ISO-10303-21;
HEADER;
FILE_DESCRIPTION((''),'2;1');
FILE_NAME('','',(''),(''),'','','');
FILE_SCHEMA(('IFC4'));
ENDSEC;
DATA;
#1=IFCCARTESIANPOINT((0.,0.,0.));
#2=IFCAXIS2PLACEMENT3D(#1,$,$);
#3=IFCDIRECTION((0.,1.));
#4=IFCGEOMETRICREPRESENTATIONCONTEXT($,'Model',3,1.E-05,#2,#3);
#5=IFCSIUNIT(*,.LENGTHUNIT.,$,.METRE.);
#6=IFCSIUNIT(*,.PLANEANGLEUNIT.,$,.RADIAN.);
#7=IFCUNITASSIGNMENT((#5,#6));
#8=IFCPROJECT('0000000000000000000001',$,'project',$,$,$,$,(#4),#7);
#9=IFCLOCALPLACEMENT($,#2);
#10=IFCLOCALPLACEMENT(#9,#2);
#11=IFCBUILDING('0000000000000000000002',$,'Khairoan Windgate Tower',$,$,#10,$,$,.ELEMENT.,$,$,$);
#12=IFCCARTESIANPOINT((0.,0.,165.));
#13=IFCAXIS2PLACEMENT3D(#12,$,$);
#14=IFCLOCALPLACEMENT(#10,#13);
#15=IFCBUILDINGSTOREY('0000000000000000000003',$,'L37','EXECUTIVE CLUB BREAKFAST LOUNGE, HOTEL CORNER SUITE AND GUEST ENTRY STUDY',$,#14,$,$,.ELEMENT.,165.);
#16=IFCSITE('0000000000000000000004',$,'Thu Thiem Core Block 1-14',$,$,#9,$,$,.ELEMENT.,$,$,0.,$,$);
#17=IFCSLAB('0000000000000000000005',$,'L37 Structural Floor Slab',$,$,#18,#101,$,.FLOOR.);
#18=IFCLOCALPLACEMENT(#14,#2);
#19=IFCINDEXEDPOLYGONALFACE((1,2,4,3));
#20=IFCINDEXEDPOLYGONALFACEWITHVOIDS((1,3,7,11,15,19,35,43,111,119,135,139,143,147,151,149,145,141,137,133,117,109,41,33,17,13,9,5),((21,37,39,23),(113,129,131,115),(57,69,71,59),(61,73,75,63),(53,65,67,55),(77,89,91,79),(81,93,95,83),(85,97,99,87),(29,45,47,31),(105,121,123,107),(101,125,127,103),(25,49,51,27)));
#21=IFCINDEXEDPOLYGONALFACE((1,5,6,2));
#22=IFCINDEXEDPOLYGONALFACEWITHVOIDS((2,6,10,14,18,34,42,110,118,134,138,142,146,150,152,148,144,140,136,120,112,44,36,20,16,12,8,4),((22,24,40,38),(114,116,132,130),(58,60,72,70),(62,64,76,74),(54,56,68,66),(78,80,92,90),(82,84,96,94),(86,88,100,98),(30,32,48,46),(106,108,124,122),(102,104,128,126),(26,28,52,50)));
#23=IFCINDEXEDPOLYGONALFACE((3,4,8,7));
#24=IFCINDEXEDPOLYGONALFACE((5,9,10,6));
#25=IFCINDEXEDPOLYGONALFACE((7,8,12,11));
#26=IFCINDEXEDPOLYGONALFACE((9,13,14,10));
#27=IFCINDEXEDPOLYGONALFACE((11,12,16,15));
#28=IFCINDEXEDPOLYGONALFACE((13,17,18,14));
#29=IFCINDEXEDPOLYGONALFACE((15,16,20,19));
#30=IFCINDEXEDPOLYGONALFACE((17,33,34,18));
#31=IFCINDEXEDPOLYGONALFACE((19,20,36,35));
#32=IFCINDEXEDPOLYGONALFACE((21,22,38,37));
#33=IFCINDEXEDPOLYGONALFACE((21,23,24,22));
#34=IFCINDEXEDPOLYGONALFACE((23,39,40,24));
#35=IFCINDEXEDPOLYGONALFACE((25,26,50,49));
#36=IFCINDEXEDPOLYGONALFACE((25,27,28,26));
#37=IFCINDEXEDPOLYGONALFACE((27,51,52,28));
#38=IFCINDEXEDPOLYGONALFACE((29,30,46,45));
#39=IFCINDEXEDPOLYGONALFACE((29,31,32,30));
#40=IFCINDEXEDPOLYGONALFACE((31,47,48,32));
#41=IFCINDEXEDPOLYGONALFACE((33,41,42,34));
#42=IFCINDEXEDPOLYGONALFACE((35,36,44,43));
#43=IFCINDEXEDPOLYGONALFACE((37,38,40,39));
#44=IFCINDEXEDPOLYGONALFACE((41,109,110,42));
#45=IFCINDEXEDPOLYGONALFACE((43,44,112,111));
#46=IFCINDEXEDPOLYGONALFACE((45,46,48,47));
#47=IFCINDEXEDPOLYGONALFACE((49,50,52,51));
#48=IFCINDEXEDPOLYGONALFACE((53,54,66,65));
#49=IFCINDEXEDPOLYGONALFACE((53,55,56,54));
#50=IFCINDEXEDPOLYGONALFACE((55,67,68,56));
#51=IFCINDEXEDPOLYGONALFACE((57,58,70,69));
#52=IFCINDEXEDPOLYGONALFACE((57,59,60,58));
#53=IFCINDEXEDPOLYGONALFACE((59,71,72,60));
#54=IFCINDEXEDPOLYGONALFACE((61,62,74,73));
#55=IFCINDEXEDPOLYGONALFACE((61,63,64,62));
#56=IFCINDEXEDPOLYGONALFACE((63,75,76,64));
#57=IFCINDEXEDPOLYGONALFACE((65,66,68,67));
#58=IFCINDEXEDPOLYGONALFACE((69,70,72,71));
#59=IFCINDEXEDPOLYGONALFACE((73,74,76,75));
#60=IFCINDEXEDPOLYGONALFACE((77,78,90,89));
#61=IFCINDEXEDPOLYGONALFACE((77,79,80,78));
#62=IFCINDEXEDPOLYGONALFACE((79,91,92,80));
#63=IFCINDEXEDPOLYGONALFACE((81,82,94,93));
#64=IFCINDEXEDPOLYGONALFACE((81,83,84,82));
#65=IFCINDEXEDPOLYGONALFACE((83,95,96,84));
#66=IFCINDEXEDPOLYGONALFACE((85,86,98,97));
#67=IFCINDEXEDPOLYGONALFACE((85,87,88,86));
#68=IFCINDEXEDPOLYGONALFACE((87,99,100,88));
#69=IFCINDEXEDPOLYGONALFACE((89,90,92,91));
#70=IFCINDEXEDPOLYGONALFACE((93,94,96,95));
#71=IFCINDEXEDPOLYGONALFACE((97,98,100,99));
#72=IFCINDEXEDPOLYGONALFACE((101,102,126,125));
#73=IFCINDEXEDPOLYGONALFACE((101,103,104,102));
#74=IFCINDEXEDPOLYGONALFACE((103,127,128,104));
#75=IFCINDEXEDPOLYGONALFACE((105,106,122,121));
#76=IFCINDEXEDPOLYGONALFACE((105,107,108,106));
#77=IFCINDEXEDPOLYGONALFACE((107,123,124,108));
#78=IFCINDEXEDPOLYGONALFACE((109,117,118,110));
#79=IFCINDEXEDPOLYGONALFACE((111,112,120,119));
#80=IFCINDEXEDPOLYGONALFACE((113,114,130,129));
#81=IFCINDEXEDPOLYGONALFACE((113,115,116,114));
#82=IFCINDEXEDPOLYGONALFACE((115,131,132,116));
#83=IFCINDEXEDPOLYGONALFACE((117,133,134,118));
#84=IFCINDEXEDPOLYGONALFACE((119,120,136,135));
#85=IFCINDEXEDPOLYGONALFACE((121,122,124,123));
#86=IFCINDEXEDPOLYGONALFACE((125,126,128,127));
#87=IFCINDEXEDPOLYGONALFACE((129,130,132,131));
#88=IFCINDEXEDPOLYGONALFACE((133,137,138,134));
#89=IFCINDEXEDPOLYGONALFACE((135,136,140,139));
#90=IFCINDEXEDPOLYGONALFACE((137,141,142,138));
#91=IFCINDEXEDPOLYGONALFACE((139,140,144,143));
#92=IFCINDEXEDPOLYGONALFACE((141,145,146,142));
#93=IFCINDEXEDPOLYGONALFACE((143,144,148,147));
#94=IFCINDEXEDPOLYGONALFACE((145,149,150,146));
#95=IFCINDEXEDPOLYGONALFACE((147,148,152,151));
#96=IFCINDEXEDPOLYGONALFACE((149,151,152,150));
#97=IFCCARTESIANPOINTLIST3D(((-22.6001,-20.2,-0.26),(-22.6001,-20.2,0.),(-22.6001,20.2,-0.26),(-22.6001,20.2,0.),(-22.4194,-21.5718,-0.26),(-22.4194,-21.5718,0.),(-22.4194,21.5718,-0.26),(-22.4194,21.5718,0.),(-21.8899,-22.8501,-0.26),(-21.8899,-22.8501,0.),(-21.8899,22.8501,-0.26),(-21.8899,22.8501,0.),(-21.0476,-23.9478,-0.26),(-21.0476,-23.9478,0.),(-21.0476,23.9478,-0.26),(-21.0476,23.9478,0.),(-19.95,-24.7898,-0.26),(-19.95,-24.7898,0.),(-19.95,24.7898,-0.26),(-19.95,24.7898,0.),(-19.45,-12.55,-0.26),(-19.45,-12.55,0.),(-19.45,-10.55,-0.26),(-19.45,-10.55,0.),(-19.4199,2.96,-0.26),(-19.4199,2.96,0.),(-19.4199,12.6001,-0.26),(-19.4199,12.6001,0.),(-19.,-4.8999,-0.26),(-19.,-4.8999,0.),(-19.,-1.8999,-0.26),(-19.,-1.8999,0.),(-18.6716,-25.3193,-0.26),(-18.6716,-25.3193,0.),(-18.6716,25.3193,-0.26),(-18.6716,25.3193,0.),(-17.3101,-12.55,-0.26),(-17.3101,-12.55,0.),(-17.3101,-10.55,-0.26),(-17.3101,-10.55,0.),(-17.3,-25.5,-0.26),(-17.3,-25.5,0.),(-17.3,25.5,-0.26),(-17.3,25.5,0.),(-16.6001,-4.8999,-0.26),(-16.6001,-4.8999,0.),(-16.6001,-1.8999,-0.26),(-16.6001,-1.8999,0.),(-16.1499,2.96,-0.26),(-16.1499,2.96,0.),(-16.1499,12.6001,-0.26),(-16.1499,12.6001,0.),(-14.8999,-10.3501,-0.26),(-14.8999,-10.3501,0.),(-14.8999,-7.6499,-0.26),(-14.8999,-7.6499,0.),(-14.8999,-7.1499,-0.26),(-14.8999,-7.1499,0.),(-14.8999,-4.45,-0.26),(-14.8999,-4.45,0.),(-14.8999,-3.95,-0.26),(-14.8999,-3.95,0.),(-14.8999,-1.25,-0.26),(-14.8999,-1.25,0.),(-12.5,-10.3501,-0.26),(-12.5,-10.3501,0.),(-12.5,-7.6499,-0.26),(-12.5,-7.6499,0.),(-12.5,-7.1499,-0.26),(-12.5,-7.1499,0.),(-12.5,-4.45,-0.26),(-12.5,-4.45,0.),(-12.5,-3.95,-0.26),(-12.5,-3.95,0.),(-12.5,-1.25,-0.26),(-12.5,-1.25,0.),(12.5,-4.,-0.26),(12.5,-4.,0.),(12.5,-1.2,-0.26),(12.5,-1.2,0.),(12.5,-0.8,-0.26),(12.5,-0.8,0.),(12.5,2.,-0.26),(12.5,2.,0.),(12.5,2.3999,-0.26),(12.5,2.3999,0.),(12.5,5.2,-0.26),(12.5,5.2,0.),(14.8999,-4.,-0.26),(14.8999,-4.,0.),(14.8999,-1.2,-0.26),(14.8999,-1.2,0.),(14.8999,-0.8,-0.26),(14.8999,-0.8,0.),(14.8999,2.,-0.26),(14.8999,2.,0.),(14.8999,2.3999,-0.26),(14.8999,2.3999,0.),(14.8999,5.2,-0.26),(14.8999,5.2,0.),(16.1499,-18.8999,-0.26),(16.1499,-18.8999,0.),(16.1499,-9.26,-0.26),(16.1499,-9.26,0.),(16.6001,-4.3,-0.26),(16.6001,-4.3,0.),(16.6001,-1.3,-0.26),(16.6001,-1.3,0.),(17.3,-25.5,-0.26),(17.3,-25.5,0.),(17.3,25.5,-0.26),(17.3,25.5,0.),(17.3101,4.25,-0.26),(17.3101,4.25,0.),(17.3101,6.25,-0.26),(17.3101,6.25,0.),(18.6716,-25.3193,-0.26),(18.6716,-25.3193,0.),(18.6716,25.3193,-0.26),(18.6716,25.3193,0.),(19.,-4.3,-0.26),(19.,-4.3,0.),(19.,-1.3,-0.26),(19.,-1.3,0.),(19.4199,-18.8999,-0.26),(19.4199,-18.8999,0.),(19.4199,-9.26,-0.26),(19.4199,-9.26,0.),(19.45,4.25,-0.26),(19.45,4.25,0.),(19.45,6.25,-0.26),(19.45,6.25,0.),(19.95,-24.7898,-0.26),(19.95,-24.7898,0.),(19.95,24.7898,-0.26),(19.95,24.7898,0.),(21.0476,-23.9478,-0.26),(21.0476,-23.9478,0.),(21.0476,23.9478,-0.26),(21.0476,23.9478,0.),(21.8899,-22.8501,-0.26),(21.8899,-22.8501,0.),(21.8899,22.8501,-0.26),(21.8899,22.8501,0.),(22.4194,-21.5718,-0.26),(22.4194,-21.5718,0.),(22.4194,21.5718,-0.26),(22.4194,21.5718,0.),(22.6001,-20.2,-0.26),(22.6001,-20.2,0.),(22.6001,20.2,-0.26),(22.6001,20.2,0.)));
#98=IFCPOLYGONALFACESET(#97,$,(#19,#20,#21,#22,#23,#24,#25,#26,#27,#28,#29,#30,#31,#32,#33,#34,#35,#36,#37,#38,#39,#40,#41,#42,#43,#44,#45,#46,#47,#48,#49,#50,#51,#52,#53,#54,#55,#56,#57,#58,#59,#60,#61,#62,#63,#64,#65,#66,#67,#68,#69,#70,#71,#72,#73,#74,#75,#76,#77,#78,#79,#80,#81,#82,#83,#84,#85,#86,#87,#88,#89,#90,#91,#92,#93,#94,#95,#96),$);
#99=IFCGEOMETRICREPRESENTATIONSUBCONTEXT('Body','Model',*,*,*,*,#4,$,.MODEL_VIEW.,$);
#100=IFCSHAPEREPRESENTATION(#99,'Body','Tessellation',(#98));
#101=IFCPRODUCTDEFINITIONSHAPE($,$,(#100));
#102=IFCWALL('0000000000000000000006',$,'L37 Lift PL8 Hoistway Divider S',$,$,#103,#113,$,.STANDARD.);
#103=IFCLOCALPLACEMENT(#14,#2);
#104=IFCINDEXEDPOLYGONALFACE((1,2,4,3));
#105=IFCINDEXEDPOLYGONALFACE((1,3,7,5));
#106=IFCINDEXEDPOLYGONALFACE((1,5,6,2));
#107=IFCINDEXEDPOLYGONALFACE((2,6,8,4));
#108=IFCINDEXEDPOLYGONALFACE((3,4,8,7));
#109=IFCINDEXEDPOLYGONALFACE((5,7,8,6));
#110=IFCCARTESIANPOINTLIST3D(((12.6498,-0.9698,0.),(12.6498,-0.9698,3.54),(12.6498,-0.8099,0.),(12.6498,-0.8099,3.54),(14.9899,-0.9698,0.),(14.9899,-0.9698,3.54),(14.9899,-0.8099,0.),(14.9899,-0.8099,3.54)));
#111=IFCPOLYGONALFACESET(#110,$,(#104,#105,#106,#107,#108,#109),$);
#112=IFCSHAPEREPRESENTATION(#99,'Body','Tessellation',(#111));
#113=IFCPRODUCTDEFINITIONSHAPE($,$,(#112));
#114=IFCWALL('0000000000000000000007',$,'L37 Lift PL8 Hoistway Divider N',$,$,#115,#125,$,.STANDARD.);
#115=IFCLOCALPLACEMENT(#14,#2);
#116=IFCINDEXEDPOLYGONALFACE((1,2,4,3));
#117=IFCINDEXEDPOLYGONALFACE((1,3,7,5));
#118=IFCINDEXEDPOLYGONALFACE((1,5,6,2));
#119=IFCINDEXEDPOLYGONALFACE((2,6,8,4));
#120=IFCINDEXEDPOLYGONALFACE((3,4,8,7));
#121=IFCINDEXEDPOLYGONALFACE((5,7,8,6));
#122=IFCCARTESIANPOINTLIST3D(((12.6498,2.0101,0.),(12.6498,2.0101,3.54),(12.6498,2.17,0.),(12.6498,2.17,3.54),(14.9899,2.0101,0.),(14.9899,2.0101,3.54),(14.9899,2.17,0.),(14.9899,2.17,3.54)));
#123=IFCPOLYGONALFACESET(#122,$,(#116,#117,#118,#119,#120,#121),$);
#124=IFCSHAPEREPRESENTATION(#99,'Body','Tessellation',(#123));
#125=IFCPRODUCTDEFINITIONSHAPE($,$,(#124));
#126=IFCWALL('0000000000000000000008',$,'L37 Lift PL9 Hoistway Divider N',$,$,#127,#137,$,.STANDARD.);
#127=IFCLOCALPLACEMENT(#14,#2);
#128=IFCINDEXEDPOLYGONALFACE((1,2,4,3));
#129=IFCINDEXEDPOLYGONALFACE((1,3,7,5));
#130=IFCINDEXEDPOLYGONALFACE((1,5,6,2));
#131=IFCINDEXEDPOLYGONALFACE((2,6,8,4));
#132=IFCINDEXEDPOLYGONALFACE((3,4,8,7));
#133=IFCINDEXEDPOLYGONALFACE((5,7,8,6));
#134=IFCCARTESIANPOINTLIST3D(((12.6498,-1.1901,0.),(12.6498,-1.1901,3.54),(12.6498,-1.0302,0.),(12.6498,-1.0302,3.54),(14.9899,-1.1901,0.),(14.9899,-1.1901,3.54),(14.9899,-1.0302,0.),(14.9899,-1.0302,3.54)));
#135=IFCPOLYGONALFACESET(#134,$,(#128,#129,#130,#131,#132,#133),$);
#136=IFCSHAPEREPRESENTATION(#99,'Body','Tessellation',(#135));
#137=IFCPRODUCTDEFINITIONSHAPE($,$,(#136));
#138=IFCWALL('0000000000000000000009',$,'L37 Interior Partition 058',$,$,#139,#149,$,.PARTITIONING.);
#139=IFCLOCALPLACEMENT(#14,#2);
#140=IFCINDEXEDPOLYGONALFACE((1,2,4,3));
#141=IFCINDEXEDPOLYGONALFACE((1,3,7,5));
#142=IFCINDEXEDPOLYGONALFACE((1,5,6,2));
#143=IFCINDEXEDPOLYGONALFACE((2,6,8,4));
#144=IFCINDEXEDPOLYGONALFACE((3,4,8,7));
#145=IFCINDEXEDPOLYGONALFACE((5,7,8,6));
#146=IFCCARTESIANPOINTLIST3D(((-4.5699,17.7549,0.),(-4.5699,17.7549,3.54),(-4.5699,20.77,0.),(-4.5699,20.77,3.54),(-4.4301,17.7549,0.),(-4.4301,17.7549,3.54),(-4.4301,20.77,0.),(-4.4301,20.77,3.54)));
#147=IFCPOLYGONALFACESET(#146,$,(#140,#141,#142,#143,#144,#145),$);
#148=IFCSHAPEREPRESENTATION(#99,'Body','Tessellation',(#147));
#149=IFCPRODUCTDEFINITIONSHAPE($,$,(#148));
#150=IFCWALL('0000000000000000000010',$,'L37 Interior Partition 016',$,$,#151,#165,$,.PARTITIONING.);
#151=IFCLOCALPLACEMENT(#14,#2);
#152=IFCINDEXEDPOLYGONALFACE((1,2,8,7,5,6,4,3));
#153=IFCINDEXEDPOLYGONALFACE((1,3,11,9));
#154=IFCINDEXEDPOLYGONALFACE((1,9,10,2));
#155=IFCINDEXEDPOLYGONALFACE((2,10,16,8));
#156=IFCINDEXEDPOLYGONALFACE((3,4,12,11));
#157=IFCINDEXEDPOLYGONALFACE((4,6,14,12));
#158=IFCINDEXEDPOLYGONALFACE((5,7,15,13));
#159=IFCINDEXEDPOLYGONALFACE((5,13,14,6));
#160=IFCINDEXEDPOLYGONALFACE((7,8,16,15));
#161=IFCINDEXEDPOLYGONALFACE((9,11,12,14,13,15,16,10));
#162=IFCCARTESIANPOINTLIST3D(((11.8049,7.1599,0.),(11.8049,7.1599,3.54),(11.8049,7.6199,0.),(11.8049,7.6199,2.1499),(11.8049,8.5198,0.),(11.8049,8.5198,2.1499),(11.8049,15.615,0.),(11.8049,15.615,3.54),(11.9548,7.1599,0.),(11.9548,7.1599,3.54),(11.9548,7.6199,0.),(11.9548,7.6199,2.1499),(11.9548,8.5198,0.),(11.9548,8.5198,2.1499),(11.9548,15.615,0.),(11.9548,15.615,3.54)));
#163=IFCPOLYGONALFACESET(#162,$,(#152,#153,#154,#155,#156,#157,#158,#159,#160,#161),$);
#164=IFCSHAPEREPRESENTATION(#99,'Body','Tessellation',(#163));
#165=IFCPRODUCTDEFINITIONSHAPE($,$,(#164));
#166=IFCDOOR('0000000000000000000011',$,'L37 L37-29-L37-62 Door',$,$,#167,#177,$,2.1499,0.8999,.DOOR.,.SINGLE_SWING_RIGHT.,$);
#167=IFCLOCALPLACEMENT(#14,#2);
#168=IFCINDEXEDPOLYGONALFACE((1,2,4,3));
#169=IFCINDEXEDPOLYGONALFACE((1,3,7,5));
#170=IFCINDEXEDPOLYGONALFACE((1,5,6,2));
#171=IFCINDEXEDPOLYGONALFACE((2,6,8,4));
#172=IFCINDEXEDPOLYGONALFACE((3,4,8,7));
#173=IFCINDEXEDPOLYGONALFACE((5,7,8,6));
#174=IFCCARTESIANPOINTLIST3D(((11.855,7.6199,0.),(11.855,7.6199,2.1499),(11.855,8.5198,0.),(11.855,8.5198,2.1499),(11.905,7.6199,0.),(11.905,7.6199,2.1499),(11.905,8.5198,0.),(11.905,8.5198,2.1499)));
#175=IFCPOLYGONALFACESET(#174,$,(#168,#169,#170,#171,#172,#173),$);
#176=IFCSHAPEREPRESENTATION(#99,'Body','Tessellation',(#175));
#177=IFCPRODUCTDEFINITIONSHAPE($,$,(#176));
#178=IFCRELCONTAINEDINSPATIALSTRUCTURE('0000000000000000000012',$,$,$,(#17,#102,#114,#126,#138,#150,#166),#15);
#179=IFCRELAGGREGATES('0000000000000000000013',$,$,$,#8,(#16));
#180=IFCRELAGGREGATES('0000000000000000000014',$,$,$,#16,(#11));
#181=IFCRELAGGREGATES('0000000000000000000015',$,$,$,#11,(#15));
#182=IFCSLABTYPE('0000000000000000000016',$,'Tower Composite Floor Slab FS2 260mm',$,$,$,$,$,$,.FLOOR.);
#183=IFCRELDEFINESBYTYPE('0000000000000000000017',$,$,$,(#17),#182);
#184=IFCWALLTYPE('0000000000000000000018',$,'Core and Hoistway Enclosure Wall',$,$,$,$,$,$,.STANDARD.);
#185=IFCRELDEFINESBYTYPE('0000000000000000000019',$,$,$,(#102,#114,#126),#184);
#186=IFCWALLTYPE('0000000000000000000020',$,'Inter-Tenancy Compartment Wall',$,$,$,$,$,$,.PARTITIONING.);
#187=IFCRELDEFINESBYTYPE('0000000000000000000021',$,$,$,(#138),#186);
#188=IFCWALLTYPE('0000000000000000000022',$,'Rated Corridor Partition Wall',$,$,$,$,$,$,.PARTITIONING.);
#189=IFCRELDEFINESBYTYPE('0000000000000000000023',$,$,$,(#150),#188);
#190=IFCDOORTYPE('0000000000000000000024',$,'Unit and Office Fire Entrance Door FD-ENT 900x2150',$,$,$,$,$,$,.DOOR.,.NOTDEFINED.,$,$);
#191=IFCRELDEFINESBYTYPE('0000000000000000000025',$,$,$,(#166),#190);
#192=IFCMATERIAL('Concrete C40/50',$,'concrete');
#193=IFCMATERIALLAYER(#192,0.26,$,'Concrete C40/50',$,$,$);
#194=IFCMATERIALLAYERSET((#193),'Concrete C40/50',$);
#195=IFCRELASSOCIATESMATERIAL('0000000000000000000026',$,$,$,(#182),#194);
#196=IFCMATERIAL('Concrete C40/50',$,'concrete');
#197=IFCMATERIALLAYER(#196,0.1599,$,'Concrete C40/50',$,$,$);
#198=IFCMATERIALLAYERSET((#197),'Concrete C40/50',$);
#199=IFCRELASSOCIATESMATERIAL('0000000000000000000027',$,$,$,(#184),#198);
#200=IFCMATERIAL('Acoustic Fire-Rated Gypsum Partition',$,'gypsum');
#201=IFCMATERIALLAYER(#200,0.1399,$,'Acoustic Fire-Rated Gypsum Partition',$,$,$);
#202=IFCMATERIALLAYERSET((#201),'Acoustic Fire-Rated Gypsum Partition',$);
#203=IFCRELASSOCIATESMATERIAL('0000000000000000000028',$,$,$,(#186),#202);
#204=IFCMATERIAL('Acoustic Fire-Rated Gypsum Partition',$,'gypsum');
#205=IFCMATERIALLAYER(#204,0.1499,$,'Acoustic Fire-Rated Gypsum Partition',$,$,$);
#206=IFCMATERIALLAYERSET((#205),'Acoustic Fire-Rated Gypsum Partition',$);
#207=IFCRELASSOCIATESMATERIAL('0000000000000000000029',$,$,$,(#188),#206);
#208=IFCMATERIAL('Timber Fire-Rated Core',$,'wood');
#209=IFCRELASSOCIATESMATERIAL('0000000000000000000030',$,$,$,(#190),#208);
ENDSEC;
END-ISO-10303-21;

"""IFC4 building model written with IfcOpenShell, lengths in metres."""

from ifc_helpers import new_model, si_unit, direction, frame, frame_2d, origin, place, context, subcontext, project, spatial, polyline, rectangle, outline, extrude, material, layer, layer_set, type_object, element, fill, save


model = new_model("IFC4")

# Units and contexts
model_context = context("Model", 3, precision=1e-05, world=origin(), true_north=direction((0.0, 1.0)))
body_context = subcontext(model_context, "Body", "Model", "MODEL_VIEW")
ifc_project = project(units=[si_unit("LENGTHUNIT", "METRE"), si_unit("PLANEANGLEUNIT", "RADIAN")], contexts=[model_context])

# Site, building, storey
site_placement = place(None, origin())
site = spatial("IfcSite", under=ifc_project, at=site_placement, Name="Thu Thiem Core Block 1-14", CompositionType="ELEMENT", RefElevation=0.0)
building_placement = place(site_placement, origin())
building = spatial("IfcBuilding", under=site, at=building_placement, Name="Khairoan Windgate Tower", CompositionType="ELEMENT")
storey_placement = place(building_placement, frame((0.0, 0.0, 165.0)))
storey = spatial("IfcBuildingStorey", under=building, at=storey_placement, Name="L37", Description="EXECUTIVE CLUB BREAKFAST LOUNGE, HOTEL CORNER SUITE AND GUEST ENTRY STUDY", CompositionType="ELEMENT", Elevation=165.0)

# Slab
ifc_material_1 = material(Name="Concrete C40/50", Category="concrete")
ifc_layer_1 = layer(ifc_material_1, 0.26, Name="Concrete C40/50")
ifc_layer_set_1 = layer_set([ifc_layer_1], Name="Concrete C40/50")
slab_type_1 = type_object("IfcSlabType", Name="Tower Composite Floor Slab FS2 260mm", PredefinedType="FLOOR", material=ifc_layer_set_1)
slab_1_placement = place(storey_placement, frame((0.0, 0.0, -0.26)))
element("IfcSlab", 1, at=slab_1_placement, inside=storey, type_object=slab_type_1, Name="L37 Structural Floor Slab", PredefinedType="FLOOR", context=body_context, shape_type="SweptSolid", body=[
    extrude(outline(polyline([(17.3, -25.5), (18.6716, -25.3193), (19.95, -24.7898), (21.0476, -23.9478), (21.8899, -22.8501), (22.4194, -21.5718), (22.6001, -20.2), (22.6001, 20.2), (22.4194, 21.5718), (21.8899, 22.8501), (21.0476, 23.9478), (19.95, 24.7898), (18.6716, 25.3193), (17.3, 25.5), (-17.3, 25.5), (-18.6716, 25.3193), (-19.95, 24.7898), (-21.0476, 23.9478), (-21.8899, 22.8501), (-22.4194, 21.5718), (-22.6001, 20.2), (-22.6001, -20.2), (-22.4194, -21.5718), (-21.8899, -22.8501), (-21.0476, -23.9478), (-19.95, -24.7898), (-18.6716, -25.3193), (-17.3, -25.5), (17.3, -25.5)]), holes=[polyline([(16.1499, -9.26), (16.1499, -18.8999), (19.4199, -18.8999), (19.4199, -9.26), (16.1499, -9.26)]), polyline([(-16.1499, 2.96), (-16.1499, 12.6001), (-19.4199, 12.6001), (-19.4199, 2.96), (-16.1499, 2.96)]), polyline([(-14.8999, -3.95), (-12.5, -3.95), (-12.5, -1.25), (-14.8999, -1.25), (-14.8999, -3.95)]), polyline([(-14.8999, -7.1499), (-12.5, -7.1499), (-12.5, -4.45), (-14.8999, -4.45), (-14.8999, -7.1499)]), polyline([(-14.8999, -10.3501), (-12.5, -10.3501), (-12.5, -7.6499), (-14.8999, -7.6499), (-14.8999, -10.3501)]), polyline([(12.5, 2.3999), (14.8999, 2.3999), (14.8999, 5.2), (12.5, 5.2), (12.5, 2.3999)]), polyline([(12.5, -0.8), (14.8999, -0.8), (14.8999, 2.0), (12.5, 2.0), (12.5, -0.8)]), polyline([(12.5, -4.0), (14.8999, -4.0), (14.8999, -1.2), (12.5, -1.2), (12.5, -4.0)]), polyline([(16.6001, -4.3), (19.0, -4.3), (19.0, -1.3), (16.6001, -1.3), (16.6001, -4.3)]), polyline([(-19.0, -4.8999), (-16.6001, -4.8999), (-16.6001, -1.8999), (-19.0, -1.8999), (-19.0, -4.8999)]), polyline([(-19.45, -12.55), (-17.3101, -12.55), (-17.3101, -10.55), (-19.45, -10.55), (-19.45, -12.55)]), polyline([(17.3101, 4.25), (19.45, 4.25), (19.45, 6.25), (17.3101, 6.25), (17.3101, 4.25)])]), origin(), (0.0, 0.0, 1.0), 0.26),
])

# Walls
ifc_material_2 = material(Name="Concrete C40/50", Category="concrete")
ifc_layer_2 = layer(ifc_material_2, 0.1599, Name="Concrete C40/50")
ifc_layer_set_2 = layer_set([ifc_layer_2], Name="Concrete C40/50")
wall_type_1 = type_object("IfcWallType", Name="Core and Hoistway Enclosure Wall", PredefinedType="STANDARD", material=ifc_layer_set_2)
for number, where, z_axis, x_axis, name in (
    (2, (12.6499, -0.8899, 0.0), (0.0, 0.0, 1.0), (1.0, 0.0, 0.0), "L37 Lift PL8 Hoistway Divider S"),
    (3, (12.6499, 2.0901, 0.0), (0.0, 0.0, 1.0), (1.0, 0.0, 0.0), "L37 Lift PL8 Hoistway Divider N"),
    (4, (12.6499, -1.1101, 0.0), (0.0, 0.0, 1.0), (1.0, 0.0, 0.0), "L37 Lift PL9 Hoistway Divider N"),
):
    element("IfcWall", number, at=place(storey_placement, frame(where, z_axis=z_axis, x_axis=x_axis)), inside=storey, type_object=wall_type_1, Name=name, PredefinedType="STANDARD", context=body_context, shape_type="SweptSolid", body=[
        extrude(rectangle(XDim=2.3401, YDim=0.1599, at=frame_2d((1.1699, 0.0))), origin(), (0.0, 0.0, 1.0), 3.54),
    ])
ifc_material_3 = material(Name="Acoustic Fire-Rated Gypsum Partition", Category="gypsum")
ifc_layer_3 = layer(ifc_material_3, 0.1399, Name="Acoustic Fire-Rated Gypsum Partition")
ifc_layer_set_3 = layer_set([ifc_layer_3], Name="Acoustic Fire-Rated Gypsum Partition")
wall_type_2 = type_object("IfcWallType", Name="Inter-Tenancy Compartment Wall", PredefinedType="PARTITIONING", material=ifc_layer_set_3)
wall_1_placement = place(storey_placement, frame((-4.5, 17.7549, 0.0), z_axis=(0.0, 0.0, 1.0), x_axis=(0.0, 1.0, 0.0)))
element("IfcWall", 5, at=wall_1_placement, inside=storey, type_object=wall_type_2, Name="L37 Interior Partition 058", PredefinedType="PARTITIONING", context=body_context, shape_type="SweptSolid", body=[
    extrude(rectangle(XDim=3.0151, YDim=0.1399, at=frame_2d((1.5076, 0.0))), origin(), (0.0, 0.0, 1.0), 3.54),
])

# Wall, opening, door
ifc_material_4 = material(Name="Acoustic Fire-Rated Gypsum Partition", Category="gypsum")
ifc_layer_4 = layer(ifc_material_4, 0.1499, Name="Acoustic Fire-Rated Gypsum Partition")
ifc_layer_set_4 = layer_set([ifc_layer_4], Name="Acoustic Fire-Rated Gypsum Partition")
wall_type_3 = type_object("IfcWallType", Name="Rated Corridor Partition Wall", PredefinedType="PARTITIONING", material=ifc_layer_set_4)
wall_2_placement = place(storey_placement, frame((11.8799, 7.1599, 0.0), z_axis=(0.0, 0.0, 1.0), x_axis=(0.0, 1.0, 0.0)))
wall_2 = element("IfcWall", 6, at=wall_2_placement, inside=storey, type_object=wall_type_3, Name="L37 Interior Partition 016", PredefinedType="PARTITIONING", context=body_context, shape_type="SweptSolid", body=[
    extrude(rectangle(XDim=8.4551, YDim=0.1499, at=frame_2d((4.2275, 0.0))), origin(), (0.0, 0.0, 1.0), 3.54),
])
opening_1_placement = place(wall_2_placement, frame((0.46, 0.0, 0.0)))
opening_1 = element("IfcOpeningElement", 7, at=opening_1_placement, cuts=wall_2, PredefinedType="OPENING", context=body_context, shape_type="SweptSolid", body=[
    extrude(rectangle(XDim=0.8999, YDim=2.1499, at=frame_2d((0.45, 1.075))), frame((0.0, 0.085, 0.0), z_axis=(0.0, -1.0, 0.0), x_axis=(1.0, 0.0, 0.0)), (0.0, 0.0, 1.0), 0.1699),
])
ifc_material_5 = material(Name="Timber Fire-Rated Core", Category="wood")
door_type = type_object("IfcDoorType", Name="Unit and Office Fire Entrance Door FD-ENT 900x2150", OperationType="NOTDEFINED", PredefinedType="DOOR", material=ifc_material_5)
door_1_placement = place(opening_1_placement, origin())
door_1 = element("IfcDoor", 8, at=door_1_placement, inside=storey, type_object=door_type, Name="L37 L37-29-L37-62 Door", OperationType="SINGLE_SWING_RIGHT", OverallHeight=2.1499, OverallWidth=0.8999, PredefinedType="DOOR", context=body_context, shape_type="SweptSolid", body=[
    extrude(rectangle(XDim=0.8999, YDim=2.1499, at=frame_2d((0.45, 1.075))), frame((0.0, 0.0249, 0.0), z_axis=(0.0, -1.0, 0.0), x_axis=(1.0, 0.0, 0.0)), (0.0, 0.0, 1.0), 0.05),
])
fill(opening_1, door_1)

save(model, "model.ifc")
